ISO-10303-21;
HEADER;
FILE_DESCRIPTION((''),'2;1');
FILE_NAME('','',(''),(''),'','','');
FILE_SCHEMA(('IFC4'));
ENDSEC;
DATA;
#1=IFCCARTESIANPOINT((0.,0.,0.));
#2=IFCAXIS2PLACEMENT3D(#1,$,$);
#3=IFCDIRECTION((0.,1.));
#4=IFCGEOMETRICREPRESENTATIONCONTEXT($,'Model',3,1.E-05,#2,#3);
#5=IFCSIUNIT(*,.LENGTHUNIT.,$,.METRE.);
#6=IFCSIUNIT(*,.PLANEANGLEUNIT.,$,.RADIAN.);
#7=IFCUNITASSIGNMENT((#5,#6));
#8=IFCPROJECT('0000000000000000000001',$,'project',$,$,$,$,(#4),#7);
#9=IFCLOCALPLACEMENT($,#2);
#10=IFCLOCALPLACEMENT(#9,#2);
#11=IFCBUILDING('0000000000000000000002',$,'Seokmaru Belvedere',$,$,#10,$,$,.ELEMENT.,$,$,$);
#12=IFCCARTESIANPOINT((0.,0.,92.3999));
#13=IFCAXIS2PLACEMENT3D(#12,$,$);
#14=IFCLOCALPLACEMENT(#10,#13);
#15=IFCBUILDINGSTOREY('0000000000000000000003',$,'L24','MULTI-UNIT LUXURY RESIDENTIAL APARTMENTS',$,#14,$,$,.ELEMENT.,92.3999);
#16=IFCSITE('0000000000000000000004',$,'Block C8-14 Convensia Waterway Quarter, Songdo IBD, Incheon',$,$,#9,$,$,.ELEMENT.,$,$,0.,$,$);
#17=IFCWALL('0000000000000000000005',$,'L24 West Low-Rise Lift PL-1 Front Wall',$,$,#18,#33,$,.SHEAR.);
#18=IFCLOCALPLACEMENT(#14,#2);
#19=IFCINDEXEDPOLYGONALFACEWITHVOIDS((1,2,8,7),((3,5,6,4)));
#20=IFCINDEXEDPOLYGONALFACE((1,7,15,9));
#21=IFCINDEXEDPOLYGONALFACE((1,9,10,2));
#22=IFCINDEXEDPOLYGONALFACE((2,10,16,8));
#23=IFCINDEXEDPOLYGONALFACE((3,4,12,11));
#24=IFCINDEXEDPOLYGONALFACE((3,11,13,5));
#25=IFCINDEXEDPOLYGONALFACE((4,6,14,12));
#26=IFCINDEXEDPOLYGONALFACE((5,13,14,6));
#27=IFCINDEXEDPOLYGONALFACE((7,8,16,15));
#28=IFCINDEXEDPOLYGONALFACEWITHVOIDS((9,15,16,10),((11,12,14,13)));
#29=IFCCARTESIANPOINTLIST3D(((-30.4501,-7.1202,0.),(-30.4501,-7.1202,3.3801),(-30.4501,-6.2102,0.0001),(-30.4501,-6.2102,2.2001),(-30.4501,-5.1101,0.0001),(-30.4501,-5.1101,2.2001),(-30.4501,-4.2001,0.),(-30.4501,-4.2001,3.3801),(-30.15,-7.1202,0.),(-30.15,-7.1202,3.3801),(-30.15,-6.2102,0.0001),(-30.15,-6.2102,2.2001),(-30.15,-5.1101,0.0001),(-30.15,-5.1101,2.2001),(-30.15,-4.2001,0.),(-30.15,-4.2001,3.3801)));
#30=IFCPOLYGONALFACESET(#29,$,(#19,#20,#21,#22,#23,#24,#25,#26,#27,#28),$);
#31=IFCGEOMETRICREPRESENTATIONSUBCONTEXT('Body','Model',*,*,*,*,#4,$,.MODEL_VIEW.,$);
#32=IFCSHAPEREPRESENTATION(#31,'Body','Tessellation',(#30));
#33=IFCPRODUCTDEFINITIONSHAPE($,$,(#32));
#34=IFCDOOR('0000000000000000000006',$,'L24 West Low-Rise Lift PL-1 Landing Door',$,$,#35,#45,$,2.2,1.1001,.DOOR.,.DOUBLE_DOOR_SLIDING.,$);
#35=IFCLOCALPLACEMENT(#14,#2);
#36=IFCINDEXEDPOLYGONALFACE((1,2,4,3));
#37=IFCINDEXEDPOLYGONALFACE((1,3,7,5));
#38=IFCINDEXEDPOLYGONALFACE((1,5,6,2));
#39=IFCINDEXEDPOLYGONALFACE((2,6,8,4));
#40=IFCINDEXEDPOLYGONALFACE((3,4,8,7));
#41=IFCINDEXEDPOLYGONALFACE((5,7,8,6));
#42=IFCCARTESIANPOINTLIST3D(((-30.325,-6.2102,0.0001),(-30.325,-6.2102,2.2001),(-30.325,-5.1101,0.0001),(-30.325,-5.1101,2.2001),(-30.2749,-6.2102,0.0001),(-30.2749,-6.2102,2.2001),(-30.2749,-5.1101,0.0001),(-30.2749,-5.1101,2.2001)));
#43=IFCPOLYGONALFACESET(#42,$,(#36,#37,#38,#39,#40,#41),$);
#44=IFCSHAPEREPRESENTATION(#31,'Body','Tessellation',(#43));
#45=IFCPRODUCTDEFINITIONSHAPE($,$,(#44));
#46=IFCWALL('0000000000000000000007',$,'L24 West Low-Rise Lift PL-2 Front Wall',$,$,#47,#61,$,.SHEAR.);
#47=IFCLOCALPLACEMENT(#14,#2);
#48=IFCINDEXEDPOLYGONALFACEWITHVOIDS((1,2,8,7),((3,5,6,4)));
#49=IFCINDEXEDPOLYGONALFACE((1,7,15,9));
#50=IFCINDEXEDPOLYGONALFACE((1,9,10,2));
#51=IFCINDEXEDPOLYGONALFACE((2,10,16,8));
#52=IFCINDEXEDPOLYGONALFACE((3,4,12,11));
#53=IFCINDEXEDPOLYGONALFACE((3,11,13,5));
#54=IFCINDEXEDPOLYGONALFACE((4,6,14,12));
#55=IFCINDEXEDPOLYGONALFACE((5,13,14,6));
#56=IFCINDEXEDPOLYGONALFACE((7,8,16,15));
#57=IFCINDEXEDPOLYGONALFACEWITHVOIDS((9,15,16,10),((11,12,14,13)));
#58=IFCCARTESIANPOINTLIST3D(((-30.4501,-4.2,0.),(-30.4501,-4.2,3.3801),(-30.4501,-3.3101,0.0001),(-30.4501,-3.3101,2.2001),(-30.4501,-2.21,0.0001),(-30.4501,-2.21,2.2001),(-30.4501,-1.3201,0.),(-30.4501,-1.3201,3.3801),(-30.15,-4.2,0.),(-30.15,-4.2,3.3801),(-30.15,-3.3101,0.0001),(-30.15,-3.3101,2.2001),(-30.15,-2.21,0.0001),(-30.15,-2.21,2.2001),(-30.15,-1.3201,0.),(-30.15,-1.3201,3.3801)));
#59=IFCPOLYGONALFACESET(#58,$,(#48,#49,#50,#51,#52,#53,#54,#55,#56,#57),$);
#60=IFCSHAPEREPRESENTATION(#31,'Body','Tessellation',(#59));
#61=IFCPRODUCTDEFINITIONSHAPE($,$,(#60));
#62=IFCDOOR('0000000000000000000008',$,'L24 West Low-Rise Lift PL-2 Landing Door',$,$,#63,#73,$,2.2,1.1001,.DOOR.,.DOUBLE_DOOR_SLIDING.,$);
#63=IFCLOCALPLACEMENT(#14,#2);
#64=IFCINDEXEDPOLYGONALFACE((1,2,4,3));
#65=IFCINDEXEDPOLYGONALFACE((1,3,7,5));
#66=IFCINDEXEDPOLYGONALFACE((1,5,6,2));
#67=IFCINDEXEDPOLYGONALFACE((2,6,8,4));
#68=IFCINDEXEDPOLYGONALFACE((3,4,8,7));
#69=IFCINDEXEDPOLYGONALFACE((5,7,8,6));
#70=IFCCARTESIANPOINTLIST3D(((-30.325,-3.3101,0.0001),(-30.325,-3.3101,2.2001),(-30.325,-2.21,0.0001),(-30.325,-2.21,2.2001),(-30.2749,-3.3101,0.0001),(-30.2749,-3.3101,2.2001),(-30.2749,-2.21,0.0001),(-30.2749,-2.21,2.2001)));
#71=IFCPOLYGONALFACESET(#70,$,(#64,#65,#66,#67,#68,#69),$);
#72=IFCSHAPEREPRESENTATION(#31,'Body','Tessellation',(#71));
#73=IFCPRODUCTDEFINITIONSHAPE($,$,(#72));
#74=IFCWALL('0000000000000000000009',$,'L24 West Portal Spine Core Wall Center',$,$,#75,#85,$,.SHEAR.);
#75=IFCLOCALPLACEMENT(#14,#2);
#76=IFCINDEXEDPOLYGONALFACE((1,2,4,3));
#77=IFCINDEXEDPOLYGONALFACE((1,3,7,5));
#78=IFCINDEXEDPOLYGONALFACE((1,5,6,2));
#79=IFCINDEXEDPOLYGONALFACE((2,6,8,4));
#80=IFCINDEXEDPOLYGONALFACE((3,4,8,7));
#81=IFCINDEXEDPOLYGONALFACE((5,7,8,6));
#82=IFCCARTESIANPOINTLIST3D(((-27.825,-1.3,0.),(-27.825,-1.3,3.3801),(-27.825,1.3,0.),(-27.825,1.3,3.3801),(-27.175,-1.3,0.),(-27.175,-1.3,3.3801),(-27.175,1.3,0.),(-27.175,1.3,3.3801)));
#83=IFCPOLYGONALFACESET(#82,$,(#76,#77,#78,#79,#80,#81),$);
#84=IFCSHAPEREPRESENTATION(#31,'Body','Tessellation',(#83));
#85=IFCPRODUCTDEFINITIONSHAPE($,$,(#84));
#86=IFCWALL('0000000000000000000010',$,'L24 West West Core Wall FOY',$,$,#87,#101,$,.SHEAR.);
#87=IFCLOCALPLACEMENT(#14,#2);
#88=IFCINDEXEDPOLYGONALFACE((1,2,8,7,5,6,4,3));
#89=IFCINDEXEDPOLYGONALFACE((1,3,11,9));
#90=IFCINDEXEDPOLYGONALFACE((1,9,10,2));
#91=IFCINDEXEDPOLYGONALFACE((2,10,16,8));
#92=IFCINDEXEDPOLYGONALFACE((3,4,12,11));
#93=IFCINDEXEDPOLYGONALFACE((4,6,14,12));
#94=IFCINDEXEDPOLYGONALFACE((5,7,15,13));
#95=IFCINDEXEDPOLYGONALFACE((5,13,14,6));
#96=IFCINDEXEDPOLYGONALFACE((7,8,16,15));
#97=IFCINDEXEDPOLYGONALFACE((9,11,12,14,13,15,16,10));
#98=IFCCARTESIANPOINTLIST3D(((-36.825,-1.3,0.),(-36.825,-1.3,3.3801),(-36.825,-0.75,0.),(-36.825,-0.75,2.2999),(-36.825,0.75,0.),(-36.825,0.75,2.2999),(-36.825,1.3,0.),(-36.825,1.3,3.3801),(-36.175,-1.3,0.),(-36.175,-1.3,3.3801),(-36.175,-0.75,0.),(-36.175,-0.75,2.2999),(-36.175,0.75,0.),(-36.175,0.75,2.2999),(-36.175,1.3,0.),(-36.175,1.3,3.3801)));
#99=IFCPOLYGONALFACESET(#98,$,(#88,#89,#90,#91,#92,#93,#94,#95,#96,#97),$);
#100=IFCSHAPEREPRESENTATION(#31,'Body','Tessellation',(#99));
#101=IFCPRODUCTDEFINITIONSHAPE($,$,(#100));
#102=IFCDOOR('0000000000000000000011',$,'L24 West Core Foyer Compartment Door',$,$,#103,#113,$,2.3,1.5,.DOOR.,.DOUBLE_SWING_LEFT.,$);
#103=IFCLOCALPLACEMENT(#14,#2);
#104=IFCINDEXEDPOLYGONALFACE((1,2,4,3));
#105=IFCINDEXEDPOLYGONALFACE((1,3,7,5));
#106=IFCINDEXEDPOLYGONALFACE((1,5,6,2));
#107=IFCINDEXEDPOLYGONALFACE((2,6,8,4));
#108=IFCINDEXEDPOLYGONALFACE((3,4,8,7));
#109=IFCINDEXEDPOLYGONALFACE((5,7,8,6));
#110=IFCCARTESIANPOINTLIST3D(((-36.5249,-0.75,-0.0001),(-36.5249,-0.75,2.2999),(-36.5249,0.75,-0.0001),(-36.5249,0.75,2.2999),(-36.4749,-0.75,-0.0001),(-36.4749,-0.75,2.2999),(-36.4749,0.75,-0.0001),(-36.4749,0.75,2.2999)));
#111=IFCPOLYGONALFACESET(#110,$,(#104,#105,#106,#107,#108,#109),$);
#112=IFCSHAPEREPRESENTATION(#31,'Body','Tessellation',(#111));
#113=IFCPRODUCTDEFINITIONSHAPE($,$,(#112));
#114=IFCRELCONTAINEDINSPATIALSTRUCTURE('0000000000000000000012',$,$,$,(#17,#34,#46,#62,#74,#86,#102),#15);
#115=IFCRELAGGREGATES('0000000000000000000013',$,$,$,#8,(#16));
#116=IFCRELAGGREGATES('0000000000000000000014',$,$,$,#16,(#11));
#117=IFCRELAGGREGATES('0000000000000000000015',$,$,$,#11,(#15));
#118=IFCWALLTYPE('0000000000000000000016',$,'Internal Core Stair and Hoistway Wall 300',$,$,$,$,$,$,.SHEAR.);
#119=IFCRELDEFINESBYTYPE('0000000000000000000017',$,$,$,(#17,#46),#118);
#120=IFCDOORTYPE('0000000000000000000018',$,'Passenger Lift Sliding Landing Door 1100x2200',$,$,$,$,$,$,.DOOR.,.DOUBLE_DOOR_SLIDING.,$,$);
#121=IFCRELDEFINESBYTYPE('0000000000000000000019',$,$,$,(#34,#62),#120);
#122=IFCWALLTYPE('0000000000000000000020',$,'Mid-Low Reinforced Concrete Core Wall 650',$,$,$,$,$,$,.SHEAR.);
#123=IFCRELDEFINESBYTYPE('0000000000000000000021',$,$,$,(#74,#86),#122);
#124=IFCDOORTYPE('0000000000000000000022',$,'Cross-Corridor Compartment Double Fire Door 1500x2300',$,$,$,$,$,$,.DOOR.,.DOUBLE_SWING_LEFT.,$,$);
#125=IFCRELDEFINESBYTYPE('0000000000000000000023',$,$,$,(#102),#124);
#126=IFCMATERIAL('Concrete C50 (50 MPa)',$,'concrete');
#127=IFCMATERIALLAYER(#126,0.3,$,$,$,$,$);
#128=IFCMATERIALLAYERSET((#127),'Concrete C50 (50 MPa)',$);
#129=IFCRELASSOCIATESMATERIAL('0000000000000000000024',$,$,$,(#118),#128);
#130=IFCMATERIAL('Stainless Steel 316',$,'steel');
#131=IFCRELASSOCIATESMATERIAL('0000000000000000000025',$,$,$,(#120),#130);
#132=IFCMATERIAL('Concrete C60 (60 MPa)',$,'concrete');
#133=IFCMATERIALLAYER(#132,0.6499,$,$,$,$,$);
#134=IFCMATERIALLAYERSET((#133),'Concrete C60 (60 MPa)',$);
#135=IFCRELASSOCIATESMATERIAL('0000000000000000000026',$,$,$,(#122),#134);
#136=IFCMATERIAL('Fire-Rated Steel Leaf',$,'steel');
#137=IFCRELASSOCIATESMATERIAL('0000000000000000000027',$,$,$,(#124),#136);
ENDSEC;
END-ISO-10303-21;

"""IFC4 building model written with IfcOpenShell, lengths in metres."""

from ifc_helpers import new_model, si_unit, direction, frame, frame_2d, origin, place, context, subcontext, project, spatial, rectangle, extrude, source, transform, mapped, material, layer, layer_set, type_object, type_shapes, element, fill, save


model = new_model("IFC4")

# Units and contexts
model_context = context("Model", 3, precision=1e-05, world=origin(), true_north=direction((0.0, 1.0)))
body_context = subcontext(model_context, "Body", "Model", "MODEL_VIEW")
ifc_project = project(units=[si_unit("LENGTHUNIT", "METRE"), si_unit("PLANEANGLEUNIT", "RADIAN")], contexts=[model_context])

# Site, building, storey
site_placement = place(None, origin())
site = spatial("IfcSite", under=ifc_project, at=site_placement, Name="Block C8-14 Convensia Waterway Quarter, Songdo IBD, Incheon", CompositionType="ELEMENT", RefElevation=0.0)
building_placement = place(site_placement, origin())
building = spatial("IfcBuilding", under=site, at=building_placement, Name="Seokmaru Belvedere", CompositionType="ELEMENT")
storey_placement = place(building_placement, frame((0.0, 0.0, 92.3999)))
storey = spatial("IfcBuildingStorey", under=building, at=storey_placement, Name="L24", Description="MULTI-UNIT LUXURY RESIDENTIAL APARTMENTS", CompositionType="ELEMENT", Elevation=92.3999)

# Shared definitions
ifc_material_1 = material(Name="Fire-Rated Steel Leaf", Category="steel")

# Shared definitions
ifc_material_2 = material(Name="Concrete C50 (50 MPa)", Category="concrete")

# Walls, openings, doors
ifc_layer_1 = layer(ifc_material_2, 0.3)
ifc_layer_set_1 = layer_set([ifc_layer_1], Name="Concrete C50 (50 MPa)")
wall_type_1 = type_object("IfcWallType", Name="Internal Core Stair and Hoistway Wall 300", PredefinedType="SHEAR", material=ifc_layer_set_1)
wall_1_placement = place(storey_placement, frame((-30.3, -7.1201, 0.0), z_axis=(0.0, 0.0, 1.0), x_axis=(0.0, 1.0, 0.0)))
wall_1 = element("IfcWall", 1, at=wall_1_placement, inside=storey, type_object=wall_type_1, Name="L24 West Low-Rise Lift PL-1 Front Wall", PredefinedType="SHEAR", context=body_context, shape_type="SweptSolid", body=[
    extrude(rectangle(XDim=2.9202, YDim=0.3, at=frame_2d((1.46, 0.0))), origin(), (0.0, 0.0, 1.0), 3.3801),
])
opening_1_placement = place(wall_1_placement, frame((0.9099, 0.0, 0.0)))
opening_1 = element("IfcOpeningElement", 2, at=opening_1_placement, cuts=wall_1, PredefinedType="OPENING", context=body_context, shape_type="SweptSolid", body=[
    extrude(rectangle(XDim=1.1001, YDim=2.2, at=frame_2d((0.55, 1.1001))), frame((0.0, 0.1602, 0.0), z_axis=(0.0, -1.0, 0.0), x_axis=(1.0, 0.0, 0.0)), (0.0, 0.0, 1.0), 0.3201),
])
ifc_material_3 = material(Name="Stainless Steel 316", Category="steel")
door_type_1 = type_object("IfcDoorType", Name="Passenger Lift Sliding Landing Door 1100x2200", OperationType="DOUBLE_DOOR_SLIDING", PredefinedType="DOOR", material=ifc_material_3)
shared_shape_1 = source(origin(), body_context, "Body", "SweptSolid", [
    extrude(rectangle(XDim=1.1001, YDim=2.2, at=frame_2d((0.55, 1.1001))), frame((0.0, 0.0249, 0.0), z_axis=(0.0, -1.0, 0.0), x_axis=(1.0, 0.0, 0.0)), (0.0, 0.0, 1.0), 0.05),
])
type_shapes(door_type_1, [shared_shape_1])
door_1_placement = place(opening_1_placement, origin())
door_1 = element("IfcDoor", 3, at=door_1_placement, inside=storey, type_object=door_type_1, Name="L24 West Low-Rise Lift PL-1 Landing Door", OperationType="DOUBLE_DOOR_SLIDING", OverallHeight=2.2, OverallWidth=1.1001, PredefinedType="DOOR", context=body_context, shape_type="MappedRepresentation", body=[
    mapped(shared_shape_1, transform((0.0, 0.0, 0.0), scale=1.0)),
])
fill(opening_1, door_1)
wall_2_placement = place(storey_placement, frame((-30.3, -4.2, 0.0), z_axis=(0.0, 0.0, 1.0), x_axis=(0.0, 1.0, 0.0)))
wall_2 = element("IfcWall", 4, at=wall_2_placement, inside=storey, type_object=wall_type_1, Name="L24 West Low-Rise Lift PL-2 Front Wall", PredefinedType="SHEAR", context=body_context, shape_type="SweptSolid", body=[
    extrude(rectangle(XDim=2.8799, YDim=0.3, at=frame_2d((1.4399, 0.0))), origin(), (0.0, 0.0, 1.0), 3.3801),
])
opening_2_placement = place(wall_2_placement, frame((0.8899, 0.0, 0.0)))
opening_2 = element("IfcOpeningElement", 5, at=opening_2_placement, cuts=wall_2, PredefinedType="OPENING", context=body_context, shape_type="SweptSolid", body=[
    extrude(rectangle(XDim=1.1001, YDim=2.2, at=frame_2d((0.55, 1.1001))), frame((0.0, 0.1602, 0.0), z_axis=(0.0, -1.0, 0.0), x_axis=(1.0, 0.0, 0.0)), (0.0, 0.0, 1.0), 0.3201),
])
door_2_placement = place(opening_2_placement, origin())
door_2 = element("IfcDoor", 6, at=door_2_placement, inside=storey, type_object=door_type_1, Name="L24 West Low-Rise Lift PL-2 Landing Door", OperationType="DOUBLE_DOOR_SLIDING", OverallHeight=2.2, OverallWidth=1.1001, PredefinedType="DOOR", context=body_context, shape_type="MappedRepresentation", body=[
    mapped(shared_shape_1, transform((0.0, 0.0, 0.0), scale=1.0)),
])
fill(opening_2, door_2)

# Wall
ifc_material_4 = material(Name="Concrete C60 (60 MPa)", Category="concrete")
ifc_layer_2 = layer(ifc_material_4, 0.6499)
ifc_layer_set_2 = layer_set([ifc_layer_2], Name="Concrete C60 (60 MPa)")
wall_type_2 = type_object("IfcWallType", Name="Mid-Low Reinforced Concrete Core Wall 650", PredefinedType="SHEAR", material=ifc_layer_set_2)
wall_3_placement = place(storey_placement, frame((-27.5, -1.3, 0.0), z_axis=(0.0, 0.0, 1.0), x_axis=(0.0, 1.0, 0.0)))
element("IfcWall", 7, at=wall_3_placement, inside=storey, type_object=wall_type_2, Name="L24 West Portal Spine Core Wall Center", PredefinedType="SHEAR", context=body_context, shape_type="SweptSolid", body=[
    extrude(rectangle(XDim=2.6001, YDim=0.6499, at=frame_2d((1.3, 0.0))), origin(), (0.0, 0.0, 1.0), 3.3801),
])

# Wall, opening, door
wall_4_placement = place(storey_placement, frame((-36.5, -1.3, 0.0), z_axis=(0.0, 0.0, 1.0), x_axis=(0.0, 1.0, 0.0)))
wall_4 = element("IfcWall", 8, at=wall_4_placement, inside=storey, type_object=wall_type_2, Name="L24 West West Core Wall FOY", PredefinedType="SHEAR", context=body_context, shape_type="SweptSolid", body=[
    extrude(rectangle(XDim=2.6001, YDim=0.6499, at=frame_2d((1.3, 0.0))), origin(), (0.0, 0.0, 1.0), 3.3801),
])
opening_3_placement = place(wall_4_placement, frame((0.55, 0.0, 0.0)))
opening_3 = element("IfcOpeningElement", 9, at=opening_3_placement, cuts=wall_4, PredefinedType="OPENING", context=body_context, shape_type="SweptSolid", body=[
    extrude(rectangle(XDim=1.5, YDim=2.3, at=frame_2d((0.75, 1.1499))), frame((0.0, 0.335, 0.0), z_axis=(0.0, -1.0, 0.0), x_axis=(1.0, 0.0, 0.0)), (0.0, 0.0, 1.0), 0.6699),
])
door_type_2 = type_object("IfcDoorType", Name="Cross-Corridor Compartment Double Fire Door 1500x2300", OperationType="DOUBLE_SWING_LEFT", PredefinedType="DOOR", material=ifc_material_1)
shared_shape_2 = source(origin(), body_context, "Body", "SweptSolid", [
    extrude(rectangle(XDim=1.5, YDim=2.3, at=frame_2d((0.75, 1.1499))), frame((0.0, 0.0249, 0.0), z_axis=(0.0, -1.0, 0.0), x_axis=(1.0, 0.0, 0.0)), (0.0, 0.0, 1.0), 0.05),
])
type_shapes(door_type_2, [shared_shape_2])
door_3_placement = place(opening_3_placement, origin())
door_3 = element("IfcDoor", 10, at=door_3_placement, inside=storey, type_object=door_type_2, Name="L24 West Core Foyer Compartment Door", OperationType="DOUBLE_SWING_LEFT", OverallHeight=2.3, OverallWidth=1.5, PredefinedType="DOOR", context=body_context, shape_type="MappedRepresentation", body=[
    mapped(shared_shape_2, transform((0.0, 0.0, 0.0), scale=1.0)),
])
fill(opening_3, door_3)

save(model, "model.ifc")
